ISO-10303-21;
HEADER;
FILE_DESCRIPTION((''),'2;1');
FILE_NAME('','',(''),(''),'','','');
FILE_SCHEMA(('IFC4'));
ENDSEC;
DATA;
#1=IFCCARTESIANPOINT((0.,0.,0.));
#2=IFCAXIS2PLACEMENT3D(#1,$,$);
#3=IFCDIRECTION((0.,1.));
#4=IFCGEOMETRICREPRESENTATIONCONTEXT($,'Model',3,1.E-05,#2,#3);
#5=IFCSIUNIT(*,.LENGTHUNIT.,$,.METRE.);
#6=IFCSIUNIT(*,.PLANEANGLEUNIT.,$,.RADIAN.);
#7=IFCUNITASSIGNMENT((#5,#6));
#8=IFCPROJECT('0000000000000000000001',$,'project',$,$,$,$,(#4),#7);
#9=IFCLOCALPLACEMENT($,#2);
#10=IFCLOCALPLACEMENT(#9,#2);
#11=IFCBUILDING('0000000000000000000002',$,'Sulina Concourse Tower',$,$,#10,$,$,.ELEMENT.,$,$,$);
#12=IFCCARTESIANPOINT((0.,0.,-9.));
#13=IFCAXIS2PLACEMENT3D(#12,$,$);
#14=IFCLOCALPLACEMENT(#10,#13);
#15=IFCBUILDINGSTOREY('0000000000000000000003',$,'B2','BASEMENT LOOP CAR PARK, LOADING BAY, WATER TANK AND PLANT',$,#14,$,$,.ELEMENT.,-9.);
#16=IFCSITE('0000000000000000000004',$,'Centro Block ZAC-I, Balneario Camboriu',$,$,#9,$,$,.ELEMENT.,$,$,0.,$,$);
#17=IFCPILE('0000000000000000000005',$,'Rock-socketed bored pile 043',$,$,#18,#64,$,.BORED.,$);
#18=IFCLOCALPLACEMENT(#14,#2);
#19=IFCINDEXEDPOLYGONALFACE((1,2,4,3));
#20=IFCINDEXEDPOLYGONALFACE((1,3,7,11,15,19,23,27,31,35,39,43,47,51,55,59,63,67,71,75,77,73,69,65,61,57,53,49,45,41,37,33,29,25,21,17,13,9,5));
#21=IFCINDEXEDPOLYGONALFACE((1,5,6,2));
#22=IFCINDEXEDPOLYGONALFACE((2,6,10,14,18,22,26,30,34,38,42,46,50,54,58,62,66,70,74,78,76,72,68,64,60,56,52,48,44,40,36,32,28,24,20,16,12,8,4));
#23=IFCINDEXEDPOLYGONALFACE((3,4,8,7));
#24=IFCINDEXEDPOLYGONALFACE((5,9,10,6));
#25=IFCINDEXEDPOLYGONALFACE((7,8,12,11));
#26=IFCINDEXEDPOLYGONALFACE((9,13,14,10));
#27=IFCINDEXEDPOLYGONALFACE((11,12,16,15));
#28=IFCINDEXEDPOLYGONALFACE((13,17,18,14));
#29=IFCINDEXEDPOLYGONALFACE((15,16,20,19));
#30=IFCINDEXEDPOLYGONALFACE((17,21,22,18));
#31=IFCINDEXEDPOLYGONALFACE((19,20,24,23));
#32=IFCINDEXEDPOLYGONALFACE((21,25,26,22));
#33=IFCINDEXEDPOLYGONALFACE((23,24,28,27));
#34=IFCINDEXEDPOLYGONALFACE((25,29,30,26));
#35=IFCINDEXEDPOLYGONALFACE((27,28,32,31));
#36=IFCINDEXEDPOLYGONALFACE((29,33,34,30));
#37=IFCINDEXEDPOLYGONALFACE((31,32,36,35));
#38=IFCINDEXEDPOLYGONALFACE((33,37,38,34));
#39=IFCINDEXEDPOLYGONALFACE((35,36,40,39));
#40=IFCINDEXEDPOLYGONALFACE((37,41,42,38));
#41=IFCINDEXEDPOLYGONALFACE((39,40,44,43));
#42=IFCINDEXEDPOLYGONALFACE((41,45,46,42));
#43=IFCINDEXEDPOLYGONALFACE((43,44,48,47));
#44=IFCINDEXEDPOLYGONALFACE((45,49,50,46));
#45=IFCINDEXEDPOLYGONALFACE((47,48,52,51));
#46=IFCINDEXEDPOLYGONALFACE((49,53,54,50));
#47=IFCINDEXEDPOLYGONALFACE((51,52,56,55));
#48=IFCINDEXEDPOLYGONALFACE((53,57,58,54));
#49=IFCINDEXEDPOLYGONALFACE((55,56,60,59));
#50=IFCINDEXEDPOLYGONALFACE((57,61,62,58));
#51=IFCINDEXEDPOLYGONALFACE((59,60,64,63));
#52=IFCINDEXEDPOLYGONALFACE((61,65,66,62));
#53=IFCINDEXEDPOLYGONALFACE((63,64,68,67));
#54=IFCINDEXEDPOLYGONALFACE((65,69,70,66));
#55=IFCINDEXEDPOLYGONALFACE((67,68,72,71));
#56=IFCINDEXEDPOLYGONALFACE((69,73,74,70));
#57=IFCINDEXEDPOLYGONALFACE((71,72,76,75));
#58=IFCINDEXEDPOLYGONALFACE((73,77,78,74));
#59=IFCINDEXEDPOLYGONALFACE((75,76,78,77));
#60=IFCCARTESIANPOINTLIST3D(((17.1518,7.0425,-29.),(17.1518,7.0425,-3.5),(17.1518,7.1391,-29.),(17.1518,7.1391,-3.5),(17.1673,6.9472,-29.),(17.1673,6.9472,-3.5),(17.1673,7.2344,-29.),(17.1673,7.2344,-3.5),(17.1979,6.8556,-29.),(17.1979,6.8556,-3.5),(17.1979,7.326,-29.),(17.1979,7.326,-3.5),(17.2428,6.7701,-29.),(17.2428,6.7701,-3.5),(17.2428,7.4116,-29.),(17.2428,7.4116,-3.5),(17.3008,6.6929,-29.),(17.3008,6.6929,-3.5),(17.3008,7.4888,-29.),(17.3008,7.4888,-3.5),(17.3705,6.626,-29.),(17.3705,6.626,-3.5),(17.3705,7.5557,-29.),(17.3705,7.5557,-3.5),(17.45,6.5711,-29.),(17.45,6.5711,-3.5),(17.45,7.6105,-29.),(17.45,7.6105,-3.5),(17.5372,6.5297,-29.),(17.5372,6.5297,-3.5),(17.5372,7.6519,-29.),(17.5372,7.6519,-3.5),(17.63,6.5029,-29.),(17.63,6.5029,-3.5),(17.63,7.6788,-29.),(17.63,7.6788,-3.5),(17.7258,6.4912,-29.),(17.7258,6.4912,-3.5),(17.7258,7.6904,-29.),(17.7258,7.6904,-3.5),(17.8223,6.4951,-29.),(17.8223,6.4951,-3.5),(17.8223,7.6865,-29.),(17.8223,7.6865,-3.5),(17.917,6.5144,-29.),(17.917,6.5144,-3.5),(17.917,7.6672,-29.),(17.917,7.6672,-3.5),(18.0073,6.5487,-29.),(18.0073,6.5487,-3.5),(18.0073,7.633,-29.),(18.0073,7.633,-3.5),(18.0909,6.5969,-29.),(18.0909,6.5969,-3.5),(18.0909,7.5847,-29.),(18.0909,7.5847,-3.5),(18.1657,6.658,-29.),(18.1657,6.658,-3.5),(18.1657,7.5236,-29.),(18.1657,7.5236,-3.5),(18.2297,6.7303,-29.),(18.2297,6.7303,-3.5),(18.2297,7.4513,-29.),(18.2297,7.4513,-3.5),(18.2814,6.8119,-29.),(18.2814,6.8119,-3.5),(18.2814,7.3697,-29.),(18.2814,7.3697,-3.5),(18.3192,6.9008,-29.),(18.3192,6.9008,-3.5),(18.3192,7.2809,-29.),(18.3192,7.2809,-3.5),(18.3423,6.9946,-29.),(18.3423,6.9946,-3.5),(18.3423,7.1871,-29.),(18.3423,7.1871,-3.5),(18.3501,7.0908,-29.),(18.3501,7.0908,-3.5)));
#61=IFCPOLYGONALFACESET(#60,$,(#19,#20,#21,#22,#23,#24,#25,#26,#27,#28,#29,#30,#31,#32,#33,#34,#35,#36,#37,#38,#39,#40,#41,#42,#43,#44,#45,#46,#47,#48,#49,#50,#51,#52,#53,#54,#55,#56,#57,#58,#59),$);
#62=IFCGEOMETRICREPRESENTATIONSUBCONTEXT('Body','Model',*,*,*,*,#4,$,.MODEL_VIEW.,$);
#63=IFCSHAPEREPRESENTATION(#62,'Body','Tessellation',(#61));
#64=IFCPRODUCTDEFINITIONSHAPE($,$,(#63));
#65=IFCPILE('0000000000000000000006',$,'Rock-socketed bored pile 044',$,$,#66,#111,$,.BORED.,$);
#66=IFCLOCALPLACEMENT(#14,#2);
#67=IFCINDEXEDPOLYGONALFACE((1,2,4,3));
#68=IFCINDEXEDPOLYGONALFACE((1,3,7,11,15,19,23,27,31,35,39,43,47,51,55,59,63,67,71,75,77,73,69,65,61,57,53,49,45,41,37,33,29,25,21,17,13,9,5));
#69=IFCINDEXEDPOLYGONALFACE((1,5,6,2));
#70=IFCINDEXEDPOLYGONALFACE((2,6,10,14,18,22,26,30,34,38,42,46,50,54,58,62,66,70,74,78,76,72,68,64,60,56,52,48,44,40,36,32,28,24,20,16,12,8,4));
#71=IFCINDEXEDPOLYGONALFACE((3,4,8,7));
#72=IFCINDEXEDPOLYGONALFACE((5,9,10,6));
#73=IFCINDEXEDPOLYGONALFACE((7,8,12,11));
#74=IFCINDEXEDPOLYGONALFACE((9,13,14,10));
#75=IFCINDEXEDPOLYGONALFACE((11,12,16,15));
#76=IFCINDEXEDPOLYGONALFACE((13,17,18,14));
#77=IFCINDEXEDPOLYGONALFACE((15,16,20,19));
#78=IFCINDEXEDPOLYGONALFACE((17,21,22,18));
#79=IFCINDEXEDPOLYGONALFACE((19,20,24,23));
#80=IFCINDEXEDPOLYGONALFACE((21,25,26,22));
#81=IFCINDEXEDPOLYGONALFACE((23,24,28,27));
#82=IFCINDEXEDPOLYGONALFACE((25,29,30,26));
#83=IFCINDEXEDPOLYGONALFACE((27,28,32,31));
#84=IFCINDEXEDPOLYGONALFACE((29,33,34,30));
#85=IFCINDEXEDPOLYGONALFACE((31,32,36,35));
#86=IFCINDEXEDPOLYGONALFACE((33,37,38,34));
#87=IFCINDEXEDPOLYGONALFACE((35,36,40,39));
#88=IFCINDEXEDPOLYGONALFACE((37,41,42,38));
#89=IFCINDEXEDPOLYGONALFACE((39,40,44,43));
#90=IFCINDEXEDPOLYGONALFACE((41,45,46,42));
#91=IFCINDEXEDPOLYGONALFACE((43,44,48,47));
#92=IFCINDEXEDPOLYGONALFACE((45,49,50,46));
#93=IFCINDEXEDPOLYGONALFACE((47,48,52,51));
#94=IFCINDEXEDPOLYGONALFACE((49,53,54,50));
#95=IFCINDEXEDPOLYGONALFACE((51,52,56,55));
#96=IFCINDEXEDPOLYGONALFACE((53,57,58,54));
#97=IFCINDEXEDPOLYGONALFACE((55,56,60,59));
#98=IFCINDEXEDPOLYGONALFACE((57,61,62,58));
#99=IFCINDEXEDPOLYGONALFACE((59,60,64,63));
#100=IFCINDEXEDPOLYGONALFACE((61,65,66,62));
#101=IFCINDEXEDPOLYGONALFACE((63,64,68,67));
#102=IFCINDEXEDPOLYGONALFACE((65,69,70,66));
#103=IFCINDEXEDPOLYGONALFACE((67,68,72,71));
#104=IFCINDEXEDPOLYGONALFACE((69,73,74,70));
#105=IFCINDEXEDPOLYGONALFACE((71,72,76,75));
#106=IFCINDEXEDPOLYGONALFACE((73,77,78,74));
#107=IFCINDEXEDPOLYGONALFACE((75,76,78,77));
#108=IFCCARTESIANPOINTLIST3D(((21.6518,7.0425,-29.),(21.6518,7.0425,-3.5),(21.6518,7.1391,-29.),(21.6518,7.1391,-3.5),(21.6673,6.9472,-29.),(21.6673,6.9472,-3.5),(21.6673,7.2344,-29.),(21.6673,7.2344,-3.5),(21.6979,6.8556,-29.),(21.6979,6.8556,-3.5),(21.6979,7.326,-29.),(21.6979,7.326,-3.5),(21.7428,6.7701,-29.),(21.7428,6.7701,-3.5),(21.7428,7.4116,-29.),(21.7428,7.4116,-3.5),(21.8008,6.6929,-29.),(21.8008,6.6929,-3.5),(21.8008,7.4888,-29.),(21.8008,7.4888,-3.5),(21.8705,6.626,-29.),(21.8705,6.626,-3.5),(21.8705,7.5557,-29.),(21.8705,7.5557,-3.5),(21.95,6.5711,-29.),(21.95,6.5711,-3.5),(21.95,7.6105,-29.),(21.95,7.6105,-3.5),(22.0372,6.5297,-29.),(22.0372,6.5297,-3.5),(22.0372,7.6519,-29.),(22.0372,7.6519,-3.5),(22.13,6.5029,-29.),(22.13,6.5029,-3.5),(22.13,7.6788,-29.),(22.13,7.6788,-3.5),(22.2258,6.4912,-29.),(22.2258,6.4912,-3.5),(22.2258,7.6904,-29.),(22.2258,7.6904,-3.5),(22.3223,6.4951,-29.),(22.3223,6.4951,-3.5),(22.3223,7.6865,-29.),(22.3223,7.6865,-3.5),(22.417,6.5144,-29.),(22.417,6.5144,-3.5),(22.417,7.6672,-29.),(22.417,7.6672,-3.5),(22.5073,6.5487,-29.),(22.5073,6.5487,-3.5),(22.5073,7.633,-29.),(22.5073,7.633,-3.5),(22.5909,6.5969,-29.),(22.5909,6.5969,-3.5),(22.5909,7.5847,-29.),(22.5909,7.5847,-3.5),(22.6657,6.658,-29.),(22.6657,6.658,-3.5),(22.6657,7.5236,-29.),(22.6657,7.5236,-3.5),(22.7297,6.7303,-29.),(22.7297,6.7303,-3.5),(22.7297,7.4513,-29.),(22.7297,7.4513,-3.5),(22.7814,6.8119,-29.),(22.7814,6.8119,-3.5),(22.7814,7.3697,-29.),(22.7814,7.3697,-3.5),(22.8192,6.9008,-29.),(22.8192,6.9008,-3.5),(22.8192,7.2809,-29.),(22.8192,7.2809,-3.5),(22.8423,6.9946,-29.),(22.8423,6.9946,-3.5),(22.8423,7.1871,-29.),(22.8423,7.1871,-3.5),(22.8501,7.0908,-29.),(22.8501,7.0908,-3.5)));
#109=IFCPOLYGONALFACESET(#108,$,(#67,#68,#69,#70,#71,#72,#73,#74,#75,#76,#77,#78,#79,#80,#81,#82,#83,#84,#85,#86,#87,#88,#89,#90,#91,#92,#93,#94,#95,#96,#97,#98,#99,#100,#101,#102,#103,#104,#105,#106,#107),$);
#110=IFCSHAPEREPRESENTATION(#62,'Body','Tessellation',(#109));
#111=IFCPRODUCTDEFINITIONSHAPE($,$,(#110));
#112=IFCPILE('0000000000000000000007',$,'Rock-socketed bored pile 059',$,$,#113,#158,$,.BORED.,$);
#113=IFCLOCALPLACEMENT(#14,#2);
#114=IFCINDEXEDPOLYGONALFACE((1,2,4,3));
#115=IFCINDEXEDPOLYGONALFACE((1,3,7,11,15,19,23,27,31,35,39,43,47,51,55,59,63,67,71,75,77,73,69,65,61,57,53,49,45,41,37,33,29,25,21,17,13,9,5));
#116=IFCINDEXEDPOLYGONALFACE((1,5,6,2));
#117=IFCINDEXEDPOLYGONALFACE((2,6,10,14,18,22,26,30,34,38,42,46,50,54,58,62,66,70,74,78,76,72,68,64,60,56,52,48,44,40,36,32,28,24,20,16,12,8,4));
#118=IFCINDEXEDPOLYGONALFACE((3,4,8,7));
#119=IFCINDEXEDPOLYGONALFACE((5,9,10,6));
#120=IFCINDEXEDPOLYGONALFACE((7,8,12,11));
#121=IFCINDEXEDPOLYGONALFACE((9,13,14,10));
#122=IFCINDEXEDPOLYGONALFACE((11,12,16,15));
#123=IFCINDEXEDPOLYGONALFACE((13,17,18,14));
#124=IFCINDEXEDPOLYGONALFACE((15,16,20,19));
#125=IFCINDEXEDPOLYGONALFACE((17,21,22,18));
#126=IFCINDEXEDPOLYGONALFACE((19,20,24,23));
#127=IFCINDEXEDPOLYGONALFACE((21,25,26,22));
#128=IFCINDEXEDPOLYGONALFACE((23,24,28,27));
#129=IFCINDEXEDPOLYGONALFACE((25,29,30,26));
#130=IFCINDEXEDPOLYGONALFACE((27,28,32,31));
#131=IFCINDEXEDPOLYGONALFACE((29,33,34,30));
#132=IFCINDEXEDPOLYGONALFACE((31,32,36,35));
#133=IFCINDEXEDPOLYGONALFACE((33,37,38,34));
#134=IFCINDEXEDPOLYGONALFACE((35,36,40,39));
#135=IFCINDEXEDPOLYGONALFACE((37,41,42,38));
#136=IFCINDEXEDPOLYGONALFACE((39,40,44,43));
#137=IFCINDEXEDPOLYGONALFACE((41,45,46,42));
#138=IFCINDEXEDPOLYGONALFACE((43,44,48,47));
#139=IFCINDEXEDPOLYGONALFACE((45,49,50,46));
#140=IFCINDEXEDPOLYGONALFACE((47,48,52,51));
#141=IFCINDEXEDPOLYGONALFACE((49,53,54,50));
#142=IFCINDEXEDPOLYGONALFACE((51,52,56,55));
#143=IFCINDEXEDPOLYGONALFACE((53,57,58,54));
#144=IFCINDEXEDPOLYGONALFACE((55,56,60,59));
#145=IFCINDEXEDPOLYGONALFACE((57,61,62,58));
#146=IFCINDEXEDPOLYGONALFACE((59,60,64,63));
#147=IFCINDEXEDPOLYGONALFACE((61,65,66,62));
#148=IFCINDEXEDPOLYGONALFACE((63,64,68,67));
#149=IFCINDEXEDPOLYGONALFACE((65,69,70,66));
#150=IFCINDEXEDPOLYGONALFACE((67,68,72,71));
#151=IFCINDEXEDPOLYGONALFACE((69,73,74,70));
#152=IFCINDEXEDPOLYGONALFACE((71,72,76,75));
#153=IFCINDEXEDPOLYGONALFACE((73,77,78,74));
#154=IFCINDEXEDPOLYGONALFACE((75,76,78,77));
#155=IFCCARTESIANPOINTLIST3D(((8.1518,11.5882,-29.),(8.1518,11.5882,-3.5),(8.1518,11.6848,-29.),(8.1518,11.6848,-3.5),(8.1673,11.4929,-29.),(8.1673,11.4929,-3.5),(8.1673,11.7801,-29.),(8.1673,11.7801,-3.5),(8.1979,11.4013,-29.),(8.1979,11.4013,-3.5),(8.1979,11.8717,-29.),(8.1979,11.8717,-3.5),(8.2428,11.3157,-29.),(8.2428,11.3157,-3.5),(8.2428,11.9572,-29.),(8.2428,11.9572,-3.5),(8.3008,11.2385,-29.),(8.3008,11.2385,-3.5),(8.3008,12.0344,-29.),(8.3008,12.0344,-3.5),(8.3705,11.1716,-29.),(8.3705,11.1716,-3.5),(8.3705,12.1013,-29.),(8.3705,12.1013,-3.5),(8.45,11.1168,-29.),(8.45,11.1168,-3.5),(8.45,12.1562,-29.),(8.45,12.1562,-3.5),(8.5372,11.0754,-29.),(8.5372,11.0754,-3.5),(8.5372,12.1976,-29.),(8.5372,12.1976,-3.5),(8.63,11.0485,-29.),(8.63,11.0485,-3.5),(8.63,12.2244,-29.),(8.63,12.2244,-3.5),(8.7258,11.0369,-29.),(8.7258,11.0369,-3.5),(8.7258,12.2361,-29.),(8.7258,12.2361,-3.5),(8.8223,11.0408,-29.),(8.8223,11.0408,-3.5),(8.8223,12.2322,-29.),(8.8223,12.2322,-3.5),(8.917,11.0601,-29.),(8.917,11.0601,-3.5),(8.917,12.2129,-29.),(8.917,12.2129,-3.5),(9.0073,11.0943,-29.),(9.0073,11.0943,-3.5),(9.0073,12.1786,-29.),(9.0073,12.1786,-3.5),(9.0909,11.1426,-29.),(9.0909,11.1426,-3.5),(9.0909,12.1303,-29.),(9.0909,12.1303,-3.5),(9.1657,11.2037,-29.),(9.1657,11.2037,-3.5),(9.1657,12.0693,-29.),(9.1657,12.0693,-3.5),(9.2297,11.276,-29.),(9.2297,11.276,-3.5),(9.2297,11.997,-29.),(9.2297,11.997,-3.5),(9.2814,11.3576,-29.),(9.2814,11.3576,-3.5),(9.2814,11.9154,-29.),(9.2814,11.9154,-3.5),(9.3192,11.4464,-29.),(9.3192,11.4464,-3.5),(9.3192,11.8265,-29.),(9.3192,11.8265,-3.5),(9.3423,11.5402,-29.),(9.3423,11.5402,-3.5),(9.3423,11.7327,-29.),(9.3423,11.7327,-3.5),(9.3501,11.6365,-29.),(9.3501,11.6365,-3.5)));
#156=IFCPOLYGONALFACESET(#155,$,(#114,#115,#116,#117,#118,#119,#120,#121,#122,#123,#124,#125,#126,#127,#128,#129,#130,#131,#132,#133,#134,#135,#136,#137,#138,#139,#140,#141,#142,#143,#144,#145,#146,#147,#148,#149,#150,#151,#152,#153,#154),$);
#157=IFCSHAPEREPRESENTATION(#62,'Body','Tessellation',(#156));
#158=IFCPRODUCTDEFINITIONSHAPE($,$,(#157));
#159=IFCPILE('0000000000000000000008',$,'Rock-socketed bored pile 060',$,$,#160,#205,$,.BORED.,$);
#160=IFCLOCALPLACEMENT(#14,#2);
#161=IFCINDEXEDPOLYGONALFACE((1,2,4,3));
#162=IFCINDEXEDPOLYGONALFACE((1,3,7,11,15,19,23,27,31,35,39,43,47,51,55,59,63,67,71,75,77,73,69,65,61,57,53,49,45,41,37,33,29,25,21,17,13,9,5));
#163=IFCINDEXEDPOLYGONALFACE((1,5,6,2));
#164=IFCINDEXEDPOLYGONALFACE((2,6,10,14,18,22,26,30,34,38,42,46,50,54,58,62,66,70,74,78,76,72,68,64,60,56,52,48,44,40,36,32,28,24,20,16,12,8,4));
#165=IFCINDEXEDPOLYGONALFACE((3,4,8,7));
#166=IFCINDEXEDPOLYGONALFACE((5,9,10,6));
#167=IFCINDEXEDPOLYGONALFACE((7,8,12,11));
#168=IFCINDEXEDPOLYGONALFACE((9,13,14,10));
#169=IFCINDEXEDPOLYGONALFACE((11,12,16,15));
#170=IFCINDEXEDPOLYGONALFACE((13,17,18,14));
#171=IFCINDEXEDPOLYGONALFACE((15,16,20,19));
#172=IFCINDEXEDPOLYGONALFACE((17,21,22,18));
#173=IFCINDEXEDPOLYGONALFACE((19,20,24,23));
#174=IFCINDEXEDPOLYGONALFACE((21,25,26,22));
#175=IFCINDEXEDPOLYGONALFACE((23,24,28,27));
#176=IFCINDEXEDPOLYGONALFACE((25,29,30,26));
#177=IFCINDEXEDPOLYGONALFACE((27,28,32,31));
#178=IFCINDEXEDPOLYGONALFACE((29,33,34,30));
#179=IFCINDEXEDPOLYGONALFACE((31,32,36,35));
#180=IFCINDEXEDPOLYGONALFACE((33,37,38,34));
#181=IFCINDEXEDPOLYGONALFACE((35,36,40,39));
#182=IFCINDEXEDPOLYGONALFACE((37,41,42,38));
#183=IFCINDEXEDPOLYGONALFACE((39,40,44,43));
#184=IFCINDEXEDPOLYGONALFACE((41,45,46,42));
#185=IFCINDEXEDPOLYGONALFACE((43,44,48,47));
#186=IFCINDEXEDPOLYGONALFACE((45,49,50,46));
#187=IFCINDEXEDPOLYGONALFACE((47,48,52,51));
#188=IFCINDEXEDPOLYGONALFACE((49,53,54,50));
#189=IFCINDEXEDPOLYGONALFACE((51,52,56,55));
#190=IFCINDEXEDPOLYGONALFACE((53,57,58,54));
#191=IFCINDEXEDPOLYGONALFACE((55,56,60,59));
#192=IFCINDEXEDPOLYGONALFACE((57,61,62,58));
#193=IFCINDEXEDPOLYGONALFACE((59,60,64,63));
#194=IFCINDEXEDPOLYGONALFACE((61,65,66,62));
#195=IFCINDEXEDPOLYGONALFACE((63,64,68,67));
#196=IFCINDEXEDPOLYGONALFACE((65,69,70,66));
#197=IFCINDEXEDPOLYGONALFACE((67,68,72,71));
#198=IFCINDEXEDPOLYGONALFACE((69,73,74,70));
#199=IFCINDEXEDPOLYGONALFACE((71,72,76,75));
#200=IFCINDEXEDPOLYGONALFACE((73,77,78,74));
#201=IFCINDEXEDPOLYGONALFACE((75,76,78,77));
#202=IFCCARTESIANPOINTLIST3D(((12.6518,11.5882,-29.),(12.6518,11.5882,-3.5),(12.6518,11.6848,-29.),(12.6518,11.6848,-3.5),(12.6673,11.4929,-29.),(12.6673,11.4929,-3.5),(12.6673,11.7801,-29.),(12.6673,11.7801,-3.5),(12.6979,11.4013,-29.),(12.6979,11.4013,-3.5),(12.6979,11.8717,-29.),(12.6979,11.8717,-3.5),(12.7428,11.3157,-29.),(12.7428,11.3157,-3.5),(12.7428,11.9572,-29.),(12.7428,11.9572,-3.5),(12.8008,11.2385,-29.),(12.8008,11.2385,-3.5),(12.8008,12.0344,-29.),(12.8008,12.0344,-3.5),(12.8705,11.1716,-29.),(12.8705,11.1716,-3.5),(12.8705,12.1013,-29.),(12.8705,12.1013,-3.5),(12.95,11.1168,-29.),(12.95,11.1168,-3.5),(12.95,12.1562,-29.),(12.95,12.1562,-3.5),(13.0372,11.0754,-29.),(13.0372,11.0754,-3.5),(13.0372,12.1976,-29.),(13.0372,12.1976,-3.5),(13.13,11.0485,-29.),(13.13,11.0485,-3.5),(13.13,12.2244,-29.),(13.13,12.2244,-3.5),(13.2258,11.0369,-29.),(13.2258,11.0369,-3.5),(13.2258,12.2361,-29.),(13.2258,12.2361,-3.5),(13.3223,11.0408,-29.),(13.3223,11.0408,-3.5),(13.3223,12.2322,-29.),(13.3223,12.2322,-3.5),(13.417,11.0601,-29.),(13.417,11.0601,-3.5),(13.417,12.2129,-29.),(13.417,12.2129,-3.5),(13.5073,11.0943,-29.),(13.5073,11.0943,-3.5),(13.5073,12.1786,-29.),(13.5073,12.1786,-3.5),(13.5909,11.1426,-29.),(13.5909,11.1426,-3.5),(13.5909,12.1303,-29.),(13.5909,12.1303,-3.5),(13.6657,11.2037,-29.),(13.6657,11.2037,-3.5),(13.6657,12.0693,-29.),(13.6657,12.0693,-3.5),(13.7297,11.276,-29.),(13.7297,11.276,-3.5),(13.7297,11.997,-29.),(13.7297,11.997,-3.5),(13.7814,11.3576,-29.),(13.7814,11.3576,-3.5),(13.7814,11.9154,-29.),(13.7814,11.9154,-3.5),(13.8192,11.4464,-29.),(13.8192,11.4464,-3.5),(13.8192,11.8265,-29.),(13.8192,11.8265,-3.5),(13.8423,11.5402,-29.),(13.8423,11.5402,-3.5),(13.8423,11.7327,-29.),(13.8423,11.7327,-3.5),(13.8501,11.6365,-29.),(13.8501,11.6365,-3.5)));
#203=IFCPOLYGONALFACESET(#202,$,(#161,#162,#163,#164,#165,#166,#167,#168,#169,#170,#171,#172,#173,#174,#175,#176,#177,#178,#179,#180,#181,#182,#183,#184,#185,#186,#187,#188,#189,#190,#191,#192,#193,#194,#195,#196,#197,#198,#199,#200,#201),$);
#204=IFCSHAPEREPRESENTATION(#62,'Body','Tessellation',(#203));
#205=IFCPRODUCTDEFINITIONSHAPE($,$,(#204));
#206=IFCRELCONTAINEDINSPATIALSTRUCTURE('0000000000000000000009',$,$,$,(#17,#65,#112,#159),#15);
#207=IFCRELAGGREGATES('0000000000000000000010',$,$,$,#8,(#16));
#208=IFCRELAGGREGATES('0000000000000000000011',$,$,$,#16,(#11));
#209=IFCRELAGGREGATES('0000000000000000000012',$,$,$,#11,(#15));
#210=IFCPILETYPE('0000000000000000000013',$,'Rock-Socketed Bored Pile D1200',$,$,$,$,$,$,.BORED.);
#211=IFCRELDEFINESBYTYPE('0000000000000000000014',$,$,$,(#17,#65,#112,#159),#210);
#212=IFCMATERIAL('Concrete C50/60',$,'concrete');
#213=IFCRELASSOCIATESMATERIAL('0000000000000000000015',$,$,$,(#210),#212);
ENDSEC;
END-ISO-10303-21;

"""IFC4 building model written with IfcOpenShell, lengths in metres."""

from ifc_helpers import new_model, si_unit, direction, frame, origin, origin_2d, place, context, subcontext, project, spatial, circle, extrude, material, material_profile, profile_set, type_object, element, save


model = new_model("IFC4")

# Units and contexts
model_context = context("Model", 3, precision=1e-05, world=origin(), true_north=direction((0.0, 1.0)))
body_context = subcontext(model_context, "Body", "Model", "MODEL_VIEW")
ifc_project = project(units=[si_unit("LENGTHUNIT", "METRE"), si_unit("PLANEANGLEUNIT", "RADIAN")], contexts=[model_context])

# Site, building, storey
site_placement = place(None, origin())
site = spatial("IfcSite", under=ifc_project, at=site_placement, Name="Centro Block ZAC-I, Balneario Camboriu", CompositionType="ELEMENT", RefElevation=0.0)
building_placement = place(site_placement, origin())
building = spatial("IfcBuilding", under=site, at=building_placement, Name="Sulina Concourse Tower", CompositionType="ELEMENT")
storey_placement = place(building_placement, frame((0.0, 0.0, -9.0)))
storey = spatial("IfcBuildingStorey", under=building, at=storey_placement, Name="B2", Description="BASEMENT LOOP CAR PARK, LOADING BAY, WATER TANK AND PLANT", CompositionType="ELEMENT", Elevation=-9.0)

# Piles
ifc_material_1 = material(Name="Concrete C50/60", Category="concrete")
ifc_material_profile_1 = material_profile(ifc_material_1, circle(Radius=0.6001, at=origin_2d()), Name="PILE D1200")
ifc_profile_set_1 = profile_set([ifc_material_profile_1], Name="Concrete C50/60")
pile_type_1 = type_object("IfcPileType", Name="Rock-Socketed Bored Pile D1200", PredefinedType="BORED", material=ifc_profile_set_1)
for number, where, z_axis, x_axis, name in (
    (1, (17.75, 7.0908, -3.5), (0.0, 0.0, -1.0), (1.0, 0.0, 0.0), "Rock-socketed bored pile 043"),
    (2, (22.25, 7.0908, -3.5), (0.0, 0.0, -1.0), (1.0, 0.0, 0.0), "Rock-socketed bored pile 044"),
    (3, (8.75, 11.6365, -3.5), (0.0, 0.0, -1.0), (1.0, 0.0, 0.0), "Rock-socketed bored pile 059"),
    (4, (13.25, 11.6365, -3.5), (0.0, 0.0, -1.0), (1.0, 0.0, 0.0), "Rock-socketed bored pile 060"),
):
    element("IfcPile", number, at=place(storey_placement, frame(where, z_axis=z_axis, x_axis=x_axis)), inside=storey, type_object=pile_type_1, Name=name, PredefinedType="BORED", context=body_context, shape_type="SweptSolid", body=[
        extrude(circle(Radius=0.6001, at=origin_2d()), origin(), (0.0, 0.0, 1.0), 25.5),
    ])

save(model, "model.ifc")
